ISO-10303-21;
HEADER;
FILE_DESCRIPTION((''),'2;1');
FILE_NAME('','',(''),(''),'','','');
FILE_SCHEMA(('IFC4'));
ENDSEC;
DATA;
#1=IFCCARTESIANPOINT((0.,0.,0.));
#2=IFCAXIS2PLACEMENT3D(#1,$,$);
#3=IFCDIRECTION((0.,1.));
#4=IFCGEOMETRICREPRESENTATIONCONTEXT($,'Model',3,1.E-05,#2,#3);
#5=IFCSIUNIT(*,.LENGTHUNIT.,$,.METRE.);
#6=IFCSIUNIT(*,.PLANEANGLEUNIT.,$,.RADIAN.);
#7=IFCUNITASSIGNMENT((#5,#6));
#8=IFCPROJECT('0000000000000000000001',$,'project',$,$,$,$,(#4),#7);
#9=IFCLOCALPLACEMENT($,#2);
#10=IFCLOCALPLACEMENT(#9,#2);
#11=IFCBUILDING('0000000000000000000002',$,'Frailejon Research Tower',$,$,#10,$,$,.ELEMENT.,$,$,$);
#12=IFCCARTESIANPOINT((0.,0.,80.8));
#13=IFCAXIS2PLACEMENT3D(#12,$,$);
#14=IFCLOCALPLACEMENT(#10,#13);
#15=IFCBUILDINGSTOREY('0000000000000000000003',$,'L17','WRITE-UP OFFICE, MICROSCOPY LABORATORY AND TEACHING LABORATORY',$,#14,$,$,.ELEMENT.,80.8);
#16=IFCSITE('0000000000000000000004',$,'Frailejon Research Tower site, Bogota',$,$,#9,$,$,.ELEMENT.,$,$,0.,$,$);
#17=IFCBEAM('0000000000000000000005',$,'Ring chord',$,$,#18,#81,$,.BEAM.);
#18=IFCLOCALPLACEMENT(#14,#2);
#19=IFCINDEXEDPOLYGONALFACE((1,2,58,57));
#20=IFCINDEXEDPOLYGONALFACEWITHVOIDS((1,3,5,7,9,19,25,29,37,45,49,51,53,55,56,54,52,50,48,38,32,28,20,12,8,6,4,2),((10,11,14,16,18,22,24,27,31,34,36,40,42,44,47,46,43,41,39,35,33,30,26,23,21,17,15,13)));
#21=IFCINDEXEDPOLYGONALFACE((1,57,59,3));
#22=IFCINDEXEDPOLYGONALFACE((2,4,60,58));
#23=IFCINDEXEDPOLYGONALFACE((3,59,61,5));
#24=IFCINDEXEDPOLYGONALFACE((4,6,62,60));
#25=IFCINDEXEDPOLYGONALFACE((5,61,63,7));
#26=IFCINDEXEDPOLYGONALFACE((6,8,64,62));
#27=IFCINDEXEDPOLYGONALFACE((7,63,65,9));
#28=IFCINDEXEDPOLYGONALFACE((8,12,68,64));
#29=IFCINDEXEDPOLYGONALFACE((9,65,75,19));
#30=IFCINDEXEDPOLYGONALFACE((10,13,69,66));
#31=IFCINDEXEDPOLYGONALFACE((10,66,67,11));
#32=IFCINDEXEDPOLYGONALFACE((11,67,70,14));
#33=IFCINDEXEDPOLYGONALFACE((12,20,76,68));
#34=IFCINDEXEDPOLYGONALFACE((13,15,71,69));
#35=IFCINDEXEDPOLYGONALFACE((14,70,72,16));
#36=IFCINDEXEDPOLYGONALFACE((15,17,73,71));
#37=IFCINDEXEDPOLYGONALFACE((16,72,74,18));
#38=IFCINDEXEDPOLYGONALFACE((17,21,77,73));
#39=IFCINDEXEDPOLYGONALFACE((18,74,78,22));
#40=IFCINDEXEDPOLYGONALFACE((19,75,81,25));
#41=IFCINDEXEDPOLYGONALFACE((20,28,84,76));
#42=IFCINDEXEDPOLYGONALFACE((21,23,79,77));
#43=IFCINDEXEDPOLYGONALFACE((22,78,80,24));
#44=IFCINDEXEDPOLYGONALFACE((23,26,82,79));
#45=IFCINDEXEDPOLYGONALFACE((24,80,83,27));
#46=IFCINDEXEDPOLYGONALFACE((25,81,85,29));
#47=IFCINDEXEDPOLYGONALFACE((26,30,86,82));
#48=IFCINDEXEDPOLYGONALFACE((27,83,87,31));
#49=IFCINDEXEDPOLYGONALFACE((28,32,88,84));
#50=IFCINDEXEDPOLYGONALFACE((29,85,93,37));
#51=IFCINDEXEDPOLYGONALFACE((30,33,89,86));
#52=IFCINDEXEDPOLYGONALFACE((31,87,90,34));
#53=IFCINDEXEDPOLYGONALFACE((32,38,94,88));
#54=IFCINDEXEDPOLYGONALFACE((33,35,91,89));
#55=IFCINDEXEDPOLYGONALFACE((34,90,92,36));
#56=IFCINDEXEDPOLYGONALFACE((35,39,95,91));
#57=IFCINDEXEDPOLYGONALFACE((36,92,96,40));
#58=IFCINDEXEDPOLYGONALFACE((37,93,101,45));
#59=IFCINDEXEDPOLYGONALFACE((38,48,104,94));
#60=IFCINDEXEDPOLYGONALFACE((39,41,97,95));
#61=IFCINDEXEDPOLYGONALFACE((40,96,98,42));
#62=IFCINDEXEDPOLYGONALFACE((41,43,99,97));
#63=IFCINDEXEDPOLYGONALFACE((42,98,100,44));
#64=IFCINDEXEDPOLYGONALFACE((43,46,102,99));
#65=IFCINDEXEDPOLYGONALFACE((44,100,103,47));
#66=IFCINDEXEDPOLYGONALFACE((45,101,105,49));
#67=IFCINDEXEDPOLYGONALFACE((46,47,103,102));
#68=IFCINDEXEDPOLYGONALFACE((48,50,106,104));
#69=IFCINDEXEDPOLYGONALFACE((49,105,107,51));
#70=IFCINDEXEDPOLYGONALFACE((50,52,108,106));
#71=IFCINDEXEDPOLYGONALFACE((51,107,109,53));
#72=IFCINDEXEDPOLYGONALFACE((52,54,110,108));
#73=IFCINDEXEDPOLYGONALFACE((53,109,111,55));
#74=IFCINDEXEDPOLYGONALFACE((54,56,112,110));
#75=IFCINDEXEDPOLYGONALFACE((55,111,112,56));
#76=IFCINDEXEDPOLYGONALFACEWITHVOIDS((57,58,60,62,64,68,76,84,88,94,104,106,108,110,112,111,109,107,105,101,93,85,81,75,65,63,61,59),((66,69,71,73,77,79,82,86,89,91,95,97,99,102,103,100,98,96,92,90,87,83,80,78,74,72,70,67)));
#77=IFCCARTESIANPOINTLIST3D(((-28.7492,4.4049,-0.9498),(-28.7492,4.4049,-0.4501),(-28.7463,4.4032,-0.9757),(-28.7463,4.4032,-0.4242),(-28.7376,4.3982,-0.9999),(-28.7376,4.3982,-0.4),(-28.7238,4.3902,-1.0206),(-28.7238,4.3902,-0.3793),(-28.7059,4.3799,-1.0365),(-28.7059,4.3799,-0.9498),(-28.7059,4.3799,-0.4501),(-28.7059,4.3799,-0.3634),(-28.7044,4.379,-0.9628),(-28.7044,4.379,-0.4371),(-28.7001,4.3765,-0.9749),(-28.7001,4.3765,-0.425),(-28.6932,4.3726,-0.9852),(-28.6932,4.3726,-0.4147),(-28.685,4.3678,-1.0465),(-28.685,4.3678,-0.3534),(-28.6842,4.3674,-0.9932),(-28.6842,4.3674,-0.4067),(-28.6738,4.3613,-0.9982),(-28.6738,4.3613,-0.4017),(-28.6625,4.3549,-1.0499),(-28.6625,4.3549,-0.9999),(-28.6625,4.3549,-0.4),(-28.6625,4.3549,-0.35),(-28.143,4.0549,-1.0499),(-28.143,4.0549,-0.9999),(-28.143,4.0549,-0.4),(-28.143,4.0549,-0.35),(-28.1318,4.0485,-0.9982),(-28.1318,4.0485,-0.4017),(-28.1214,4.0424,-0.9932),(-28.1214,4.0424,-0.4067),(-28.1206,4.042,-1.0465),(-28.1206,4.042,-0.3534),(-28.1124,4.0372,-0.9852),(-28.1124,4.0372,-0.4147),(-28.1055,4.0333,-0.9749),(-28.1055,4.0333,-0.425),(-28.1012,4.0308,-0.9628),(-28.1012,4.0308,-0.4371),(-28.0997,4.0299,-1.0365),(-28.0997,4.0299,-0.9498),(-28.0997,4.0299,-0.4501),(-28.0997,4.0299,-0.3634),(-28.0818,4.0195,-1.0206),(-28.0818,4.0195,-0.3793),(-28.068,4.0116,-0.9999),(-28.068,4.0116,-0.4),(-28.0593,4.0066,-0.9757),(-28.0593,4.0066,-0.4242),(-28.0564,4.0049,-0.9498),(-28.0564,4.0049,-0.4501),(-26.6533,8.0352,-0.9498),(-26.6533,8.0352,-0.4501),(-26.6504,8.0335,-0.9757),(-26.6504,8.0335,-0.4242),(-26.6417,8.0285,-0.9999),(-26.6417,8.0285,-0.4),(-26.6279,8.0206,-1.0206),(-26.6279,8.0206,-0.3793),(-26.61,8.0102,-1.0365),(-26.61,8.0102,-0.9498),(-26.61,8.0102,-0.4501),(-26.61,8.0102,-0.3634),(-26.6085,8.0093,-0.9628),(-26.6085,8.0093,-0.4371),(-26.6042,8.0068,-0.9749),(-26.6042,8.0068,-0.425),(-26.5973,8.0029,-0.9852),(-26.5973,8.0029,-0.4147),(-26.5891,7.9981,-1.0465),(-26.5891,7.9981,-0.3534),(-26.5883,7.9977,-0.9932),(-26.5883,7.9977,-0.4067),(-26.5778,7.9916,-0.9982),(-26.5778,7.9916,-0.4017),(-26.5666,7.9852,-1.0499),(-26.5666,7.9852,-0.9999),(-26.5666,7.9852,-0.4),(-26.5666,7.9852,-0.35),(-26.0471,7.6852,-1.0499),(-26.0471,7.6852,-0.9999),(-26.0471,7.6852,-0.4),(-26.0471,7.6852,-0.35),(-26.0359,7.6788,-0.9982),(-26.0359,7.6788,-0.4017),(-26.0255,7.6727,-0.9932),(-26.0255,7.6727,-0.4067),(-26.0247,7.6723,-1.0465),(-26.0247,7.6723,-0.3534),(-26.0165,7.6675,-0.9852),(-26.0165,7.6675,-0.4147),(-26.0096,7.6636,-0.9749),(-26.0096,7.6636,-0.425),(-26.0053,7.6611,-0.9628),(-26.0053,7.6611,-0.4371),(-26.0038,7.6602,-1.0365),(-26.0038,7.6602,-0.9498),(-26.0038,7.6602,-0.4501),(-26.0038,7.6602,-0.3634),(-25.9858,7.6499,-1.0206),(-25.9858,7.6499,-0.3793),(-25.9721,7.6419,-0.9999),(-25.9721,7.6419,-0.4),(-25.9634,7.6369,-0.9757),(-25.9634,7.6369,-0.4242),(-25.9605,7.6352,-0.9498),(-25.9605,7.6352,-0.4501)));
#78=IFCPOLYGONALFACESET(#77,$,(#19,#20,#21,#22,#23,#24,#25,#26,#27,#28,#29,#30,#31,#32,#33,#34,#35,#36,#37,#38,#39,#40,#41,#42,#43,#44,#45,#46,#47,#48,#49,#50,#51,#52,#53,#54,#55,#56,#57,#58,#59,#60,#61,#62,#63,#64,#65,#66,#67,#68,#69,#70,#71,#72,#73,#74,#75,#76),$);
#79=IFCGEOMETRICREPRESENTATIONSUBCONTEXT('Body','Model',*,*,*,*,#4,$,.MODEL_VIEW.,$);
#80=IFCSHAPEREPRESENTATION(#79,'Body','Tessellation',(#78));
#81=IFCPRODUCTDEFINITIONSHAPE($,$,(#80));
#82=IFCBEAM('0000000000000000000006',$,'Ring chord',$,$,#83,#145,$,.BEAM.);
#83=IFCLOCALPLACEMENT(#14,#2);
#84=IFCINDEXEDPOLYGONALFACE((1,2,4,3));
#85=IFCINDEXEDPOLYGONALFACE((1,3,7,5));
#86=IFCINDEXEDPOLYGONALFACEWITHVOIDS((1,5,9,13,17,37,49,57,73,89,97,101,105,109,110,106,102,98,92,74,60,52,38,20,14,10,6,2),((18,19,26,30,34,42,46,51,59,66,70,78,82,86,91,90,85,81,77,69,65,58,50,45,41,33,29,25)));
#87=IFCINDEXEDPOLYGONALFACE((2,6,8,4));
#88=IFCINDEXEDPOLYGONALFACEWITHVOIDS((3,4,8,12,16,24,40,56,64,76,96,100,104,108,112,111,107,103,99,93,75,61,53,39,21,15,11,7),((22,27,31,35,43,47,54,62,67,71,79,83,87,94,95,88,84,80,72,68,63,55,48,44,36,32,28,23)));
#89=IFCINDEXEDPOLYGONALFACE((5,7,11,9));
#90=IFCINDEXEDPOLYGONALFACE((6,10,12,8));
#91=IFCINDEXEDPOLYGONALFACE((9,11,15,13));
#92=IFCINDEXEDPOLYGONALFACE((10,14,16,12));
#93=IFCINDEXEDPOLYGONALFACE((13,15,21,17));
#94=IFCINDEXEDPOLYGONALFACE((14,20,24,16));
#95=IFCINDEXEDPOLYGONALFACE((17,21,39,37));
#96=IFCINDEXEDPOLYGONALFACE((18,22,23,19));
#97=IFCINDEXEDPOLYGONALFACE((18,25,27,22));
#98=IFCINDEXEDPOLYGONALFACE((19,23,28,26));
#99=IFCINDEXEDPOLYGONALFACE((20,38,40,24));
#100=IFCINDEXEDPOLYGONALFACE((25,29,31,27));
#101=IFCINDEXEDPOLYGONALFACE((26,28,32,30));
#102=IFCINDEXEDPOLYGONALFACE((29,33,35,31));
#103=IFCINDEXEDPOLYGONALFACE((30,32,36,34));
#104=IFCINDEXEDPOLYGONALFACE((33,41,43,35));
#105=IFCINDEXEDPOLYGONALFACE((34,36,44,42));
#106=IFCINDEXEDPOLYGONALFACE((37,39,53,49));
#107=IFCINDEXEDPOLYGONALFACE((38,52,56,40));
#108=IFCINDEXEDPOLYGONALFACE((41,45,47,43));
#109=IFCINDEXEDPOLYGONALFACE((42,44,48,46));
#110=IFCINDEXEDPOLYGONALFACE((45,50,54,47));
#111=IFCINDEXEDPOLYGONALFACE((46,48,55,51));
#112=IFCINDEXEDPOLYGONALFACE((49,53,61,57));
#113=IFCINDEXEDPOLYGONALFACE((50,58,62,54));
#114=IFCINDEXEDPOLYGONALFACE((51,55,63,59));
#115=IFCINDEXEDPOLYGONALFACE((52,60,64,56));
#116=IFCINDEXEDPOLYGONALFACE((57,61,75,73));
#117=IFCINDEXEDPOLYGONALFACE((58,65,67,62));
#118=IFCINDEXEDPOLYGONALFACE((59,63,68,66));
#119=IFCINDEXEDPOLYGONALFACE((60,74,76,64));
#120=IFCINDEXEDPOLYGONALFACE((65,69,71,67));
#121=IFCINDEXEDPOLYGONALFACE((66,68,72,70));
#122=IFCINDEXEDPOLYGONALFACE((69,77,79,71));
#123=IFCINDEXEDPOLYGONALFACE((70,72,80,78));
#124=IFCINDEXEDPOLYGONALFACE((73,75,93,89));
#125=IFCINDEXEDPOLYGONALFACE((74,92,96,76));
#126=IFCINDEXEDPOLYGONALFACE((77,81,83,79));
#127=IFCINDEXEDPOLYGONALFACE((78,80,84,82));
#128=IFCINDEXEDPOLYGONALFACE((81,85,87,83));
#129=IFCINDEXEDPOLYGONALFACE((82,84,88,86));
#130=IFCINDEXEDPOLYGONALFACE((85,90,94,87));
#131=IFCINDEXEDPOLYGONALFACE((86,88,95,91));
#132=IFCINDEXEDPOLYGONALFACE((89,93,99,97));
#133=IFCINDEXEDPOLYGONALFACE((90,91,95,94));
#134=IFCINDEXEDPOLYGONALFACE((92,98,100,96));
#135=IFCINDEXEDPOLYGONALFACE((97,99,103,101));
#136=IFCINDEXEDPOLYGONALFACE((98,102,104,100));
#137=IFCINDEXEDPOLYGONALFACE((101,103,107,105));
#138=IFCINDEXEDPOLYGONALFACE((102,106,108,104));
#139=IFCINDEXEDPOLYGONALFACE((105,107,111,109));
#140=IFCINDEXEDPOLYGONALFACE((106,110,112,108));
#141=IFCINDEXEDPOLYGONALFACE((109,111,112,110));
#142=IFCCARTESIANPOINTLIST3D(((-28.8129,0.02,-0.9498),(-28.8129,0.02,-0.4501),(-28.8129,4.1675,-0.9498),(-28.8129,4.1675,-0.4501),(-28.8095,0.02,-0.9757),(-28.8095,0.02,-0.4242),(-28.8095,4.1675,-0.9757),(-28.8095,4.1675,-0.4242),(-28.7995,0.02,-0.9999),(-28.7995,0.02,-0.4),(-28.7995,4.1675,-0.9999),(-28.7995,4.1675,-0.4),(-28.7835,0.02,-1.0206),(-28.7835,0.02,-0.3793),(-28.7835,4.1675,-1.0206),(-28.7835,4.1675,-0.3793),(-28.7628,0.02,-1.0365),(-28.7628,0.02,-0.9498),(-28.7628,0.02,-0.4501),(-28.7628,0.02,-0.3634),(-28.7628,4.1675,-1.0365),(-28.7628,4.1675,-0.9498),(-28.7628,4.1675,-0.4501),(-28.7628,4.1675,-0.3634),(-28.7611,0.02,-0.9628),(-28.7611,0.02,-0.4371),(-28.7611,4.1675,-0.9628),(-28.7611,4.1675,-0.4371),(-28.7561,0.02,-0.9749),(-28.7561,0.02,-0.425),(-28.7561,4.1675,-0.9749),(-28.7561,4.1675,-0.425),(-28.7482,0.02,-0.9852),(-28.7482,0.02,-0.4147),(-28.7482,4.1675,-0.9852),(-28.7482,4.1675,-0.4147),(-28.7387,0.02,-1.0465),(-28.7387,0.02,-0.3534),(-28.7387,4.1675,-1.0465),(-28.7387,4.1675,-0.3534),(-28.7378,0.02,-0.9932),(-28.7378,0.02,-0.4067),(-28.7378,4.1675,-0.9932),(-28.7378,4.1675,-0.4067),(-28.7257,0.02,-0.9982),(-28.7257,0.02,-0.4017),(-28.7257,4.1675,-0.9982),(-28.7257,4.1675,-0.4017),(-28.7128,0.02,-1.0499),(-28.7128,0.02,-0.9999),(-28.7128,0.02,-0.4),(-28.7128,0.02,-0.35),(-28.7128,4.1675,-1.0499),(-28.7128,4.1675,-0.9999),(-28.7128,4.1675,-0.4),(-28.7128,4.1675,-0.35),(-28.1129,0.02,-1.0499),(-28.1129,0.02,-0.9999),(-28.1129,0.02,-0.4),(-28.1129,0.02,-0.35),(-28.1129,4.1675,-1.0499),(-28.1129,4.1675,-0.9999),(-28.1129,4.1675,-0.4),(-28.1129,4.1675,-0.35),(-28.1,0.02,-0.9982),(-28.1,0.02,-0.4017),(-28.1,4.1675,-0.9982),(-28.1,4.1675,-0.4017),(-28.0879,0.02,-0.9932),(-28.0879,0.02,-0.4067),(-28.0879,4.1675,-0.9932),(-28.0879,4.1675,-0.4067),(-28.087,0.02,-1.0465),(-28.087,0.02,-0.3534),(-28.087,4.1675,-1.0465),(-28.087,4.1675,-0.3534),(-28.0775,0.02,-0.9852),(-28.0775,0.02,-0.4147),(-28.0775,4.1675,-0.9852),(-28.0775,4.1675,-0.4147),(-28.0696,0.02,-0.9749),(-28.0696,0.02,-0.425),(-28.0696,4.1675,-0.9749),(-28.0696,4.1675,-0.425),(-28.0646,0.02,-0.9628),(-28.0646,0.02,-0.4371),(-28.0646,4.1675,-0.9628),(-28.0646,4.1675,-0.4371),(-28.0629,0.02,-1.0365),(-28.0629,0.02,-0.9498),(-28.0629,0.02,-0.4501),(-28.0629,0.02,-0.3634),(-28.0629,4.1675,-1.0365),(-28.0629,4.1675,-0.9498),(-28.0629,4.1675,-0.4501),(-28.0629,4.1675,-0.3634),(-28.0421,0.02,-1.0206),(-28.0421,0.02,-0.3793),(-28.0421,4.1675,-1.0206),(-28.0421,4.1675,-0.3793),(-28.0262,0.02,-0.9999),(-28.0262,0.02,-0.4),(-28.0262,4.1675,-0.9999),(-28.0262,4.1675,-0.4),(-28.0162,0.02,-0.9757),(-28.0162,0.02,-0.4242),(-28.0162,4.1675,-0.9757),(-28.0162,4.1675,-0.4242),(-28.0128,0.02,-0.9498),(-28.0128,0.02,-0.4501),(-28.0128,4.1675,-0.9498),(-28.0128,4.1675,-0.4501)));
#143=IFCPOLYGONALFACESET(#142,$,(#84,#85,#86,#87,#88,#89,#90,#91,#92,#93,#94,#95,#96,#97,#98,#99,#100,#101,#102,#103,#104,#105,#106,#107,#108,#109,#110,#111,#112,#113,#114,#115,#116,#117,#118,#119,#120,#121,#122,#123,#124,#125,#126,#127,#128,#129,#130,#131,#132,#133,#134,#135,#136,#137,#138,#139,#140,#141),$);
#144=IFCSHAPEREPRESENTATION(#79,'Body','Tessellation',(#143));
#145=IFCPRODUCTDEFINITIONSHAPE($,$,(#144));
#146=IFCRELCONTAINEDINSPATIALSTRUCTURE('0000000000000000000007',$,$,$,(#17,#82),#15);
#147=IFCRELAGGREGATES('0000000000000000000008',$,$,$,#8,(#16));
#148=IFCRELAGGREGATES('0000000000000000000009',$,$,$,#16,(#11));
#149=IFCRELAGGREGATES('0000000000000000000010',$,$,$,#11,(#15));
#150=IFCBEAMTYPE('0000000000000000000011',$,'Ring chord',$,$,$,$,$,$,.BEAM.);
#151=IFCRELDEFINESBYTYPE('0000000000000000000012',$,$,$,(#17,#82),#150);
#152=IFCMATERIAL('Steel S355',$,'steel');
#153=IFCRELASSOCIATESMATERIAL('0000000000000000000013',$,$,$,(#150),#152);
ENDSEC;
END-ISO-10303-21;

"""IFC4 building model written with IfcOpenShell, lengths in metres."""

from ifc_helpers import new_model, si_unit, direction, frame, origin, origin_2d, place, context, subcontext, project, spatial, hollow_rectangle, extrude, material, material_profile, profile_set, type_object, element, save


model = new_model("IFC4")

# Units and contexts
model_context = context("Model", 3, precision=1e-05, world=origin(), true_north=direction((0.0, 1.0)))
body_context = subcontext(model_context, "Body", "Model", "MODEL_VIEW")
ifc_project = project(units=[si_unit("LENGTHUNIT", "METRE"), si_unit("PLANEANGLEUNIT", "RADIAN")], contexts=[model_context])

# Site, building, storey
site_placement = place(None, origin())
site = spatial("IfcSite", under=ifc_project, at=site_placement, Name="Frailejon Research Tower site, Bogota", CompositionType="ELEMENT", RefElevation=0.0)
building_placement = place(site_placement, origin())
building = spatial("IfcBuilding", under=site, at=building_placement, Name="Frailejon Research Tower", CompositionType="ELEMENT")
storey_placement = place(building_placement, frame((0.0, 0.0, 80.8)))
storey = spatial("IfcBuildingStorey", under=building, at=storey_placement, Name="L17", Description="WRITE-UP OFFICE, MICROSCOPY LABORATORY AND TEACHING LABORATORY", CompositionType="ELEMENT", Elevation=80.8)

# Beams
ifc_material_1 = material(Name="Steel S355", Category="steel")
ifc_material_profile_1 = material_profile(ifc_material_1, hollow_rectangle(XDim=0.8, YDim=0.7, WallThickness=0.05, InnerFilletRadius=0.05, OuterFilletRadius=0.1001, at=origin_2d()), Name="Ring chord")
ifc_profile_set_1 = profile_set([ifc_material_profile_1], Name="Steel S355")
beam_type_1 = type_object("IfcBeamType", Name="Ring chord", PredefinedType="BEAM", material=ifc_profile_set_1)
for number, where, z_axis, x_axis, name in (
    (1, (-26.3069, 7.8352, -0.7), (-0.499991, -0.86603, 0.0), (0.86603, -0.499991, 0.0), "Ring chord"),
):
    element("IfcBeam", number, at=place(storey_placement, frame(where, z_axis=z_axis, x_axis=x_axis)), inside=storey, type_object=beam_type_1, Name=name, PredefinedType="BEAM", context=body_context, shape_type="SweptSolid", body=[
        extrude(hollow_rectangle(XDim=0.8, YDim=0.7, WallThickness=0.05, InnerFilletRadius=0.05, OuterFilletRadius=0.1001, at=origin_2d()), origin(), (0.0, 0.0, 1.0), 4.1919),
    ])
for number, where, z_axis, x_axis, name in (
    (2, (-28.4128, 4.1675, -0.7), (0.0, -1.0, 0.0), (1.0, 0.0, 0.0), "Ring chord"),
):
    element("IfcBeam", number, at=place(storey_placement, frame(where, z_axis=z_axis, x_axis=x_axis)), inside=storey, type_object=beam_type_1, Name=name, PredefinedType="BEAM", context=body_context, shape_type="SweptSolid", body=[
        extrude(hollow_rectangle(XDim=0.8, YDim=0.7, WallThickness=0.05, InnerFilletRadius=0.05, OuterFilletRadius=0.1001, at=origin_2d()), origin(), (0.0, 0.0, 1.0), 4.1475),
    ])

save(model, "model.ifc")
